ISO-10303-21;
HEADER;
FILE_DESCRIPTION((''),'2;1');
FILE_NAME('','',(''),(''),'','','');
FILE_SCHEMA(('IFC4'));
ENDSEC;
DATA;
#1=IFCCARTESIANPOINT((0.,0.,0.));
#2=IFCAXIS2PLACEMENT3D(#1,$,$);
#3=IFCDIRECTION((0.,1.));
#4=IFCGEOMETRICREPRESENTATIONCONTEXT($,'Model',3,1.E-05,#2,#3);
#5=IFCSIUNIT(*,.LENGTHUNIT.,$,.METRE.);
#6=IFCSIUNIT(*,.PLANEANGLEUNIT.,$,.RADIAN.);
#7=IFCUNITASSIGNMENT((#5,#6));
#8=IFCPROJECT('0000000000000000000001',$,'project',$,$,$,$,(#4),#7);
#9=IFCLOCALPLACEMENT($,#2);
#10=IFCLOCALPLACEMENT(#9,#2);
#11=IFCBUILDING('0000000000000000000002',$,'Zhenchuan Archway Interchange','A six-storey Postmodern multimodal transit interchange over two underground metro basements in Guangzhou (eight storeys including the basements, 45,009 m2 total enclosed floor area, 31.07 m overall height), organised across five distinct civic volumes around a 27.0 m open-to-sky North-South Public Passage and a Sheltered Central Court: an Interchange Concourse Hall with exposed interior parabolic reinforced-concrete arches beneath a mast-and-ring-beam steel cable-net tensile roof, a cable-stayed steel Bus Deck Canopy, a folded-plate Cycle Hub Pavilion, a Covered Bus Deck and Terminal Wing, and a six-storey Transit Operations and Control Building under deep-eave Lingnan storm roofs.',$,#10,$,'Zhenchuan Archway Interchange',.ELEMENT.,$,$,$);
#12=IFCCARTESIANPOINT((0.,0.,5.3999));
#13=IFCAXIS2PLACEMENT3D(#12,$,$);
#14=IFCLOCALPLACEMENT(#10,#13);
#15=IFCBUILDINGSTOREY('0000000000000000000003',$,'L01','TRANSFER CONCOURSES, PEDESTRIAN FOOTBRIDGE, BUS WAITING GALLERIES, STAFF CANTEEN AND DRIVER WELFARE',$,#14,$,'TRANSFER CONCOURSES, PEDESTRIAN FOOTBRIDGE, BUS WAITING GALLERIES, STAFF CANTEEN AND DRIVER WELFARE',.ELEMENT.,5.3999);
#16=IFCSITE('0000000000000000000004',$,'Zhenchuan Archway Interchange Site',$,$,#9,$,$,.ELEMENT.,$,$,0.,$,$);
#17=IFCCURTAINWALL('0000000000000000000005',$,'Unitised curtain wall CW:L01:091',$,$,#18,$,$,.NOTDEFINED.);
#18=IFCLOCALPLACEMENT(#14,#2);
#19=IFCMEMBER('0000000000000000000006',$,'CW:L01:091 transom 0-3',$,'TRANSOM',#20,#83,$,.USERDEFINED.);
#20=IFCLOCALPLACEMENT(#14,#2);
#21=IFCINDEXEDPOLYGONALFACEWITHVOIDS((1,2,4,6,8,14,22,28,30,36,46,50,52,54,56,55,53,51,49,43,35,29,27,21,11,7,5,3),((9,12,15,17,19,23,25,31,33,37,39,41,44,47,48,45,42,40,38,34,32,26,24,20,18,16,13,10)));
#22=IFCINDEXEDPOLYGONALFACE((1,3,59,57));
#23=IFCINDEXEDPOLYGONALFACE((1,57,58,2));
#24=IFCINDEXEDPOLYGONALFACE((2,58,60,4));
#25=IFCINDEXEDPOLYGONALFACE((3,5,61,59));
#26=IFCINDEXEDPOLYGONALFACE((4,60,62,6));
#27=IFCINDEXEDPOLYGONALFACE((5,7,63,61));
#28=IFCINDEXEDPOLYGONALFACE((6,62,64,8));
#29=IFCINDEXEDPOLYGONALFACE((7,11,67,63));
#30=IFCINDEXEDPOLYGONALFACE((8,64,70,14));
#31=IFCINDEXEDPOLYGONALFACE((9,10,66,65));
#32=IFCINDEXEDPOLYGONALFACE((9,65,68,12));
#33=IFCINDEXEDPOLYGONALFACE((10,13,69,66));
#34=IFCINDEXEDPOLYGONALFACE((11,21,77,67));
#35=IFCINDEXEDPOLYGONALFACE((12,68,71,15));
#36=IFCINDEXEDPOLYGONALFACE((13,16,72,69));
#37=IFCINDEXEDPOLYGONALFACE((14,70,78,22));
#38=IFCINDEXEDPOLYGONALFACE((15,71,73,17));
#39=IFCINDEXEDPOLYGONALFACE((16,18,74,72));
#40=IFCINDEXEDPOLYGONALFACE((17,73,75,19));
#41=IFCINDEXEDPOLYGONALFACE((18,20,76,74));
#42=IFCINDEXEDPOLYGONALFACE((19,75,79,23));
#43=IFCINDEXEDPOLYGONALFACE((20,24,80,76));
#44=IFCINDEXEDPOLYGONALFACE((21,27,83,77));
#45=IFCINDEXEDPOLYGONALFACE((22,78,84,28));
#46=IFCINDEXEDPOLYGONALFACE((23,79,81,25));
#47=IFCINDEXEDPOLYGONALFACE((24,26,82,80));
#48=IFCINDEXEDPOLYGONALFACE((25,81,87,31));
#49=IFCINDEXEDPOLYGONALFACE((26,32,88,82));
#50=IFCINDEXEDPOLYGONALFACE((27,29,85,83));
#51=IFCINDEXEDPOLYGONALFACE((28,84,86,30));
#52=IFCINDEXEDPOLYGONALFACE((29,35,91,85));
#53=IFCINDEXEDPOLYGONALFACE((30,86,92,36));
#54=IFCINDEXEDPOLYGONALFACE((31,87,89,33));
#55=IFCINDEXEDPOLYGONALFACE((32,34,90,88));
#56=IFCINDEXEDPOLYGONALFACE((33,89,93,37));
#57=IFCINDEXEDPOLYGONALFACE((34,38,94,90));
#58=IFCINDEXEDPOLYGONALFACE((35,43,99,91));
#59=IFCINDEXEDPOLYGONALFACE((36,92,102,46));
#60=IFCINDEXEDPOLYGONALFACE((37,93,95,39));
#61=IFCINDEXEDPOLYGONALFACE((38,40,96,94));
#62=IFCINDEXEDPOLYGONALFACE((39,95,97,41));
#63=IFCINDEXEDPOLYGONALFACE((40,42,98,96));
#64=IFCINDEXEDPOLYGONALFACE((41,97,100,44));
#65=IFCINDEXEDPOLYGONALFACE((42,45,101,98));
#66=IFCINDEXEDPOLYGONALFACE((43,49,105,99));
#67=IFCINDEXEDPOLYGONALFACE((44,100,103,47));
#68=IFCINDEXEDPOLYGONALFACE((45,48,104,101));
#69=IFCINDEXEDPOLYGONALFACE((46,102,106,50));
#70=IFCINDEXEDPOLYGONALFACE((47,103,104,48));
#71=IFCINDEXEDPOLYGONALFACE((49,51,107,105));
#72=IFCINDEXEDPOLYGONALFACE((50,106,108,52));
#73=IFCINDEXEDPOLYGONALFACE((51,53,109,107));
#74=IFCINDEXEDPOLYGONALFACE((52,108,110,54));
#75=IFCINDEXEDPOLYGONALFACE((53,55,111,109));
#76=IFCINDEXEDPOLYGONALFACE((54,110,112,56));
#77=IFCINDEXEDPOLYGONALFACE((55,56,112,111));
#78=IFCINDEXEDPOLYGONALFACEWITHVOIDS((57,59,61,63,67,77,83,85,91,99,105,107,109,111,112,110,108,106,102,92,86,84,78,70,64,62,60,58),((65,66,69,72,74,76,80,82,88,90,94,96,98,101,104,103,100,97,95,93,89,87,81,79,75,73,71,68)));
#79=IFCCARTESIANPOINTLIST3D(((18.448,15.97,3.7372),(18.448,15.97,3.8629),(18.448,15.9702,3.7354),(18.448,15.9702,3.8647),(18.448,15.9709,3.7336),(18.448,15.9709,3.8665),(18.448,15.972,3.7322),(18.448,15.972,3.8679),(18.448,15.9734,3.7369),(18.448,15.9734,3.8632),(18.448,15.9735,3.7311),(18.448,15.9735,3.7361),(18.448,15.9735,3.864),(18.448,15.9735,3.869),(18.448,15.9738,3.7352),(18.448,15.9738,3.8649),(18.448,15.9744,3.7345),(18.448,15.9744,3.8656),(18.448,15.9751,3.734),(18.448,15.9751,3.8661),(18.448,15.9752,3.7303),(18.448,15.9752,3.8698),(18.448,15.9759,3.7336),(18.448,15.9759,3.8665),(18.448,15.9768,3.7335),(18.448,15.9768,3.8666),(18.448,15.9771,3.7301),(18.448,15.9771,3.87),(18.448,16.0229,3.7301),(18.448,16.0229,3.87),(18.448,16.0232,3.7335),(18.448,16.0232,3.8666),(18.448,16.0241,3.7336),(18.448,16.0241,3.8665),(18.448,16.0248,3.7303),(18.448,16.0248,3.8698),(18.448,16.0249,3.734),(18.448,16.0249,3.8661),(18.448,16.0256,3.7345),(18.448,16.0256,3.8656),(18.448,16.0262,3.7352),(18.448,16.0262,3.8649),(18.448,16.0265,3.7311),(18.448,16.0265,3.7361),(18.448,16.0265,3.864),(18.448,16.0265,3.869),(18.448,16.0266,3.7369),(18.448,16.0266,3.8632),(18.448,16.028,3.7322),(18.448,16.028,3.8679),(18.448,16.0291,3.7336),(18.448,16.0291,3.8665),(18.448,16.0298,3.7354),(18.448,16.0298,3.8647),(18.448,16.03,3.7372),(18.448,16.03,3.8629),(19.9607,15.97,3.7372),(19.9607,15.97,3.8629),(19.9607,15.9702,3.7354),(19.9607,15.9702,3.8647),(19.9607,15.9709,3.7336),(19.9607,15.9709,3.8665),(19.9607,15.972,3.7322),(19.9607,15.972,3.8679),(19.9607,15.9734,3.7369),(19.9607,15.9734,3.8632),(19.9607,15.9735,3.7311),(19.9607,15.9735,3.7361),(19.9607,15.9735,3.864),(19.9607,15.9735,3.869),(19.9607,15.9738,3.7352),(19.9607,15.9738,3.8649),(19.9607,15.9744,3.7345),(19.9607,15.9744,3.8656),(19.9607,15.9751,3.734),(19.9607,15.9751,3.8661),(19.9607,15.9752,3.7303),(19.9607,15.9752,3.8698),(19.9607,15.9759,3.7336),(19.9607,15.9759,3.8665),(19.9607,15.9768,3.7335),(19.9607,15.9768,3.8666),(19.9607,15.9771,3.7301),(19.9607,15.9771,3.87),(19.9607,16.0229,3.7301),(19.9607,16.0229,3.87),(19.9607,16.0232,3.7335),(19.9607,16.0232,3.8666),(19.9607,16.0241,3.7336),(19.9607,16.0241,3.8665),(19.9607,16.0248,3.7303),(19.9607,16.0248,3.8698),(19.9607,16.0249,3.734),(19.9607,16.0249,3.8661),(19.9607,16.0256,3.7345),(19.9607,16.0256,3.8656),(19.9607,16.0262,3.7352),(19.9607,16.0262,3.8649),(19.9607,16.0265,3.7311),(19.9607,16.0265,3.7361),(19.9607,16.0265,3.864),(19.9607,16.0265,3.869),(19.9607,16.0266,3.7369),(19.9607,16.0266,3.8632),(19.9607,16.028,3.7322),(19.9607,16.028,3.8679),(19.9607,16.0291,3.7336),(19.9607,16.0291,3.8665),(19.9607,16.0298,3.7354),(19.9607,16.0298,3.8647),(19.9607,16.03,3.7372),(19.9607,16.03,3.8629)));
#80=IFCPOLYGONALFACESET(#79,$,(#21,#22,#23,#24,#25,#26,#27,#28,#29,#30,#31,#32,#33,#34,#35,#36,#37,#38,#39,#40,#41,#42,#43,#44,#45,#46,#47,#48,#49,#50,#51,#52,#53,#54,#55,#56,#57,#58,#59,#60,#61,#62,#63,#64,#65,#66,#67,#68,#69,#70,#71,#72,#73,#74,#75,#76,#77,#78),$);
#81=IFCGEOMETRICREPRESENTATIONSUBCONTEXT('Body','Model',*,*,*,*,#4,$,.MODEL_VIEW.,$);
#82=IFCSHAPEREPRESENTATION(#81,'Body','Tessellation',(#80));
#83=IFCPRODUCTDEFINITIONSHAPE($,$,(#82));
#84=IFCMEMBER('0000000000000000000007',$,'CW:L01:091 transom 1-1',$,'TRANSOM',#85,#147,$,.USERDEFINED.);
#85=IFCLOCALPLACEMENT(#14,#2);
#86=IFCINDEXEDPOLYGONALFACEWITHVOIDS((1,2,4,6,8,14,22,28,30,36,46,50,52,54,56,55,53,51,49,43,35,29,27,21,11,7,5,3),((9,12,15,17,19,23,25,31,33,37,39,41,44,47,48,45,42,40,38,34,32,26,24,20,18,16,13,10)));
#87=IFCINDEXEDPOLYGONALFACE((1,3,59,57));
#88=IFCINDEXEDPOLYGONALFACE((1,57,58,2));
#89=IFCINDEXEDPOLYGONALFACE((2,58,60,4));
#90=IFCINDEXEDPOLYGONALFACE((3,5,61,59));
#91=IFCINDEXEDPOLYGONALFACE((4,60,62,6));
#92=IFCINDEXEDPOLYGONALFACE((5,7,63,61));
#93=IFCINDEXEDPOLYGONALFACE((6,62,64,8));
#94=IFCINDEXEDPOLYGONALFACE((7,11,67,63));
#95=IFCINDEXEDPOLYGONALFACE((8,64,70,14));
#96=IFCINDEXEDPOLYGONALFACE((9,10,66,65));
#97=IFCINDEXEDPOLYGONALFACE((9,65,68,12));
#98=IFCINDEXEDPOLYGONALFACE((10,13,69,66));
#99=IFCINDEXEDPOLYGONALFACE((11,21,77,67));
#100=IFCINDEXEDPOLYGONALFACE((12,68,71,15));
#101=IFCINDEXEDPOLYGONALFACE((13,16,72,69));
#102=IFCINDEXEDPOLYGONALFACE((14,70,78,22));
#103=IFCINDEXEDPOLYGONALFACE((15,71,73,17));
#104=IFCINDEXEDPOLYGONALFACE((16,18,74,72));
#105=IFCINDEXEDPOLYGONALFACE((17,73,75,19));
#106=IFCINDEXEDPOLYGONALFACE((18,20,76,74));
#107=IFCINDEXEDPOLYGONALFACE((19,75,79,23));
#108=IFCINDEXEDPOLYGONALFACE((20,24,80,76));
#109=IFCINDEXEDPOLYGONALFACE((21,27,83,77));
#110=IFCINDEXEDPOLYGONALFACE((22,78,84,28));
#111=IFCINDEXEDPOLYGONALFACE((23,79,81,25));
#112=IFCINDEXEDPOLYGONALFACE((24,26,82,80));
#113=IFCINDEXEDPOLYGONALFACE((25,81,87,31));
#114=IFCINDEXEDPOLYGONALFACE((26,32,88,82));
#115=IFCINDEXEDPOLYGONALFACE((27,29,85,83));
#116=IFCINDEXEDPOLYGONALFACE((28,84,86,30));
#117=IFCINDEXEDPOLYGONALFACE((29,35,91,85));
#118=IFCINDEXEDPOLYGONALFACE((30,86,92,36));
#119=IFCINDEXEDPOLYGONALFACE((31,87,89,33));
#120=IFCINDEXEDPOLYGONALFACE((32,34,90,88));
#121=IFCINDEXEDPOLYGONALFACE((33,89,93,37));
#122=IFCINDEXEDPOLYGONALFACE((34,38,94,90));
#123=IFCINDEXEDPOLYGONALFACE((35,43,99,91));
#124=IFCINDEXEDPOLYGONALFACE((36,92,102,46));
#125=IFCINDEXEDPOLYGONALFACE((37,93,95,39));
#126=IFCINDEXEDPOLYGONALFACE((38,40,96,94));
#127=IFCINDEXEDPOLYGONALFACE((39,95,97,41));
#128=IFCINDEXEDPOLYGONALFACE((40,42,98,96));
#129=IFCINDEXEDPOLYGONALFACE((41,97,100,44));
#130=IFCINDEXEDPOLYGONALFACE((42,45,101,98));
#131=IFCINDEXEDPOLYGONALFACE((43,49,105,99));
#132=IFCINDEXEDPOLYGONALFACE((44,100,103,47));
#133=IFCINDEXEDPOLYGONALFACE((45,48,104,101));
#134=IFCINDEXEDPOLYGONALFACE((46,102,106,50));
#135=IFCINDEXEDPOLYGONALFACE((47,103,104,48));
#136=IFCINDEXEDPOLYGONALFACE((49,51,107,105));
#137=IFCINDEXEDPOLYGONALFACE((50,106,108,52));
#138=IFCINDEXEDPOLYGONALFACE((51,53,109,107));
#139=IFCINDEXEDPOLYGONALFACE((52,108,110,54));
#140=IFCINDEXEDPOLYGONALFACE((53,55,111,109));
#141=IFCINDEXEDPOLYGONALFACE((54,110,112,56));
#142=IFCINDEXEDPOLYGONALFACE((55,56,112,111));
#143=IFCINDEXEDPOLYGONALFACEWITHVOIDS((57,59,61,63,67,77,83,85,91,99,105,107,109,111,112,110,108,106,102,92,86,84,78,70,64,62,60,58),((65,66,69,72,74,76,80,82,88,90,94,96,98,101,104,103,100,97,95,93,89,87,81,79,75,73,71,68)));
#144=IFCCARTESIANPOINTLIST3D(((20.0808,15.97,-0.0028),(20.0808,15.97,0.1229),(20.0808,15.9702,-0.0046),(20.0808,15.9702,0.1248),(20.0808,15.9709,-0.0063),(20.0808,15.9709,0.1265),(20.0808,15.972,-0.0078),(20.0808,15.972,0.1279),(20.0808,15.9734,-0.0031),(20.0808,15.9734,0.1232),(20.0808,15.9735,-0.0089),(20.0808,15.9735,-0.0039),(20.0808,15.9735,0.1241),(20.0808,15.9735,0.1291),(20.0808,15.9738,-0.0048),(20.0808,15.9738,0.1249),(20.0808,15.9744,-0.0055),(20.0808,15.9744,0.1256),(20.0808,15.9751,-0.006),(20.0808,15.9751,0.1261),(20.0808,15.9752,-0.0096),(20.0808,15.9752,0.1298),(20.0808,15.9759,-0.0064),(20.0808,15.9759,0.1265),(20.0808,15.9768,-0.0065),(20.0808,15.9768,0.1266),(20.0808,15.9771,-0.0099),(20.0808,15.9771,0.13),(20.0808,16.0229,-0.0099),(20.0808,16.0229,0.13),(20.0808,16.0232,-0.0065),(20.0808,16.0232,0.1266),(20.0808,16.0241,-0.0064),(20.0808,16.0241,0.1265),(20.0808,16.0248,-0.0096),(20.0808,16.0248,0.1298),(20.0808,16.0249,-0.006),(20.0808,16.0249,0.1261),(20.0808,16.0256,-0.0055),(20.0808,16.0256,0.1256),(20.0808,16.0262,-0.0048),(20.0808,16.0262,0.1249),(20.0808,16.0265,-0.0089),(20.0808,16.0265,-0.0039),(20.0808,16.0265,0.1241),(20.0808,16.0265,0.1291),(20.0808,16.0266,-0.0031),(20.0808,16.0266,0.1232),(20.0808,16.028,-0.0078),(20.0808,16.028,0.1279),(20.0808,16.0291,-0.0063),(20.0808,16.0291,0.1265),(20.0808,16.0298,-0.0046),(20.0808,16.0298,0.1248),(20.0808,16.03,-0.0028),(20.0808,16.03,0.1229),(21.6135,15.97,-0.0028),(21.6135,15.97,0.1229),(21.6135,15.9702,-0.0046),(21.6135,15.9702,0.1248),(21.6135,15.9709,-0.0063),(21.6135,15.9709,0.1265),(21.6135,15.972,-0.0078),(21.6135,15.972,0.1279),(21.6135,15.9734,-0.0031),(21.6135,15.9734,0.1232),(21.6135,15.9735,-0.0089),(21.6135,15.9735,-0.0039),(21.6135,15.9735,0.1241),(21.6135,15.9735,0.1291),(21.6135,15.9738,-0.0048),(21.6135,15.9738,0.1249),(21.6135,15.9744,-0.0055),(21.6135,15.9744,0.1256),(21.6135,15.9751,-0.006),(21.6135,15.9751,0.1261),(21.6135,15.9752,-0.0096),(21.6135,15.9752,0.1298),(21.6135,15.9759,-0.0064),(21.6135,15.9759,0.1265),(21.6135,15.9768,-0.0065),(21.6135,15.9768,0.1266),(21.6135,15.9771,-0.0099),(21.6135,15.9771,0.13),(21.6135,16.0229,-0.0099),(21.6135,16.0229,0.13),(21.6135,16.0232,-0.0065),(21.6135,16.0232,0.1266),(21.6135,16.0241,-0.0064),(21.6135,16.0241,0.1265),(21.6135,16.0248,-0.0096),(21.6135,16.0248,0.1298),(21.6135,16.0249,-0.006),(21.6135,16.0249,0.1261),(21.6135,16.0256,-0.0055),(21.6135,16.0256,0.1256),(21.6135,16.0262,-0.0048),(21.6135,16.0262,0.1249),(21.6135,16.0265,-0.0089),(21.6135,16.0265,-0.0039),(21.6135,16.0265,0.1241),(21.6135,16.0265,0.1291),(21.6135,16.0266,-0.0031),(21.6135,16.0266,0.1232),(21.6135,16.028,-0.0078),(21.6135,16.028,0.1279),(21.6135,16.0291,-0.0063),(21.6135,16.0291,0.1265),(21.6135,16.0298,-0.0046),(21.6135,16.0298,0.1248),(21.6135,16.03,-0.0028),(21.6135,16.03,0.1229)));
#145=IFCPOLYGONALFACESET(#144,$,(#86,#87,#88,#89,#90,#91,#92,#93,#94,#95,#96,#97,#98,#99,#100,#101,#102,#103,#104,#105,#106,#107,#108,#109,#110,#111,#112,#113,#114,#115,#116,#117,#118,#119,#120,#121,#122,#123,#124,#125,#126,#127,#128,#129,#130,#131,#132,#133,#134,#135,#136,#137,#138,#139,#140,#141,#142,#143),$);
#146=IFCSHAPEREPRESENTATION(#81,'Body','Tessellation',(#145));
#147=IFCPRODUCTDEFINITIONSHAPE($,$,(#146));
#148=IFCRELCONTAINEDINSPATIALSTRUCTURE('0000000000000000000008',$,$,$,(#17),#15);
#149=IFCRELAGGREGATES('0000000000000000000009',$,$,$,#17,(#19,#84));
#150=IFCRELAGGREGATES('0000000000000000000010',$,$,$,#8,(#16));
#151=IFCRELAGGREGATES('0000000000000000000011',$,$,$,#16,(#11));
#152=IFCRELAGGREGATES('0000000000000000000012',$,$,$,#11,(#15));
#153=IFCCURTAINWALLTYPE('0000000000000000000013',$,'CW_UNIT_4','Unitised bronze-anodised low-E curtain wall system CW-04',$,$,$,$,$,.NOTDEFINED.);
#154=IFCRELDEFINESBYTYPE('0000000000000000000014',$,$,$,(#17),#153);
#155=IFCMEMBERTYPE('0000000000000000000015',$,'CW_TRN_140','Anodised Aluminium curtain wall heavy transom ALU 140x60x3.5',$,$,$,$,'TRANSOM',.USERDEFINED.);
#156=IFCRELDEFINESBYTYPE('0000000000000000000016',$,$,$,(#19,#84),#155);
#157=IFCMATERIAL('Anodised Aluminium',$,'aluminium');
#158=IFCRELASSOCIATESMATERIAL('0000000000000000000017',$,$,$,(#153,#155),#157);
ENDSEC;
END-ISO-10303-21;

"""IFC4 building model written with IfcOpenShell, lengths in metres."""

from ifc_helpers import new_model, si_unit, direction, frame, origin, origin_2d, place, context, subcontext, project, spatial, hollow_rectangle, extrude, material, material_profile, profile_set, type_object, element, aggregate, save


model = new_model("IFC4")

# Units and contexts
model_context = context("Model", 3, precision=1e-05, world=origin(), true_north=direction((0.0, 1.0)))
body_context = subcontext(model_context, "Body", "Model", "MODEL_VIEW")
ifc_project = project(units=[si_unit("LENGTHUNIT", "METRE"), si_unit("PLANEANGLEUNIT", "RADIAN")], contexts=[model_context])

# Site, building, storey
site_placement = place(None, origin())
site = spatial("IfcSite", under=ifc_project, at=site_placement, Name="Zhenchuan Archway Interchange Site", CompositionType="ELEMENT", RefElevation=0.0)
building_placement = place(site_placement, origin())
building = spatial("IfcBuilding", under=site, at=building_placement, Name="Zhenchuan Archway Interchange", Description="A six-storey Postmodern multimodal transit interchange over two underground metro basements in Guangzhou (eight storeys including the basements, 45,009 m2 total enclosed floor area, 31.07 m overall height), organised across five distinct civic volumes around a 27.0 m open-to-sky North-South Public Passage and a Sheltered Central Court: an Interchange Concourse Hall with exposed interior parabolic reinforced-concrete arches beneath a mast-and-ring-beam steel cable-net tensile roof, a cable-stayed steel Bus Deck Canopy, a folded-plate Cycle Hub Pavilion, a Covered Bus Deck and Terminal Wing, and a six-storey Transit Operations and Control Building under deep-eave Lingnan storm roofs.", LongName="Zhenchuan Archway Interchange", CompositionType="ELEMENT")
storey_placement = place(building_placement, frame((0.0, 0.0, 5.3999)))
storey = spatial("IfcBuildingStorey", under=building, at=storey_placement, Name="L01", Description="TRANSFER CONCOURSES, PEDESTRIAN FOOTBRIDGE, BUS WAITING GALLERIES, STAFF CANTEEN AND DRIVER WELFARE", LongName="TRANSFER CONCOURSES, PEDESTRIAN FOOTBRIDGE, BUS WAITING GALLERIES, STAFF CANTEEN AND DRIVER WELFARE", CompositionType="ELEMENT", Elevation=5.3999)

# Shared definitions
ifc_material_1 = material(Name="Anodised Aluminium", Category="aluminium")

# Curtain wall
curtain_wall_type_1 = type_object("IfcCurtainWallType", Name="CW_UNIT_4", Description="Unitised bronze-anodised low-E curtain wall system CW-04", PredefinedType="NOTDEFINED", material=ifc_material_1)
curtain_wall_1_placement = place(storey_placement, origin())
curtain_wall_1 = element("IfcCurtainWall", 1, at=curtain_wall_1_placement, inside=storey, type_object=curtain_wall_type_1, Name="Unitised curtain wall CW:L01:091", PredefinedType="NOTDEFINED")

# Members
ifc_material_profile_1 = material_profile(ifc_material_1, hollow_rectangle(XDim=0.0601, YDim=0.1399, WallThickness=0.0034, InnerFilletRadius=0.0034, OuterFilletRadius=0.0071, at=origin_2d()), Name="ALU 140x60x3.5")
ifc_profile_set_1 = profile_set([ifc_material_profile_1], Name="Anodised Aluminium")
member_type_1 = type_object("IfcMemberType", Name="CW_TRN_140", Description="Anodised Aluminium curtain wall heavy transom ALU 140x60x3.5", ElementType="TRANSOM", PredefinedType="USERDEFINED", material=ifc_profile_set_1)
member_1_placement = place(storey_placement, frame((18.448, 16.0, 3.8), z_axis=(1.0, 0.0, 0.0), x_axis=(0.0, 1.0, 0.0)))
member_1 = element("IfcMember", 2, at=member_1_placement, type_object=member_type_1, Name="CW:L01:091 transom 0-3", ObjectType="TRANSOM", PredefinedType="USERDEFINED", context=body_context, shape_type="SweptSolid", body=[
    extrude(hollow_rectangle(XDim=0.0601, YDim=0.1399, WallThickness=0.0034, InnerFilletRadius=0.0034, OuterFilletRadius=0.0071, at=origin_2d()), origin(), (0.0, 0.0, 1.0), 1.5127),
])
member_2_placement = place(storey_placement, frame((20.0808, 16.0, 0.0601), z_axis=(1.0, 0.0, 0.0), x_axis=(0.0, 1.0, 0.0)))
member_2 = element("IfcMember", 3, at=member_2_placement, type_object=member_type_1, Name="CW:L01:091 transom 1-1", ObjectType="TRANSOM", PredefinedType="USERDEFINED", context=body_context, shape_type="SweptSolid", body=[
    extrude(hollow_rectangle(XDim=0.0601, YDim=0.1399, WallThickness=0.0034, InnerFilletRadius=0.0034, OuterFilletRadius=0.0071, at=origin_2d()), origin(), (0.0, 0.0, 1.0), 1.5327),
])

aggregate(curtain_wall_1, [member_1, member_2])

save(model, "model.ifc")
